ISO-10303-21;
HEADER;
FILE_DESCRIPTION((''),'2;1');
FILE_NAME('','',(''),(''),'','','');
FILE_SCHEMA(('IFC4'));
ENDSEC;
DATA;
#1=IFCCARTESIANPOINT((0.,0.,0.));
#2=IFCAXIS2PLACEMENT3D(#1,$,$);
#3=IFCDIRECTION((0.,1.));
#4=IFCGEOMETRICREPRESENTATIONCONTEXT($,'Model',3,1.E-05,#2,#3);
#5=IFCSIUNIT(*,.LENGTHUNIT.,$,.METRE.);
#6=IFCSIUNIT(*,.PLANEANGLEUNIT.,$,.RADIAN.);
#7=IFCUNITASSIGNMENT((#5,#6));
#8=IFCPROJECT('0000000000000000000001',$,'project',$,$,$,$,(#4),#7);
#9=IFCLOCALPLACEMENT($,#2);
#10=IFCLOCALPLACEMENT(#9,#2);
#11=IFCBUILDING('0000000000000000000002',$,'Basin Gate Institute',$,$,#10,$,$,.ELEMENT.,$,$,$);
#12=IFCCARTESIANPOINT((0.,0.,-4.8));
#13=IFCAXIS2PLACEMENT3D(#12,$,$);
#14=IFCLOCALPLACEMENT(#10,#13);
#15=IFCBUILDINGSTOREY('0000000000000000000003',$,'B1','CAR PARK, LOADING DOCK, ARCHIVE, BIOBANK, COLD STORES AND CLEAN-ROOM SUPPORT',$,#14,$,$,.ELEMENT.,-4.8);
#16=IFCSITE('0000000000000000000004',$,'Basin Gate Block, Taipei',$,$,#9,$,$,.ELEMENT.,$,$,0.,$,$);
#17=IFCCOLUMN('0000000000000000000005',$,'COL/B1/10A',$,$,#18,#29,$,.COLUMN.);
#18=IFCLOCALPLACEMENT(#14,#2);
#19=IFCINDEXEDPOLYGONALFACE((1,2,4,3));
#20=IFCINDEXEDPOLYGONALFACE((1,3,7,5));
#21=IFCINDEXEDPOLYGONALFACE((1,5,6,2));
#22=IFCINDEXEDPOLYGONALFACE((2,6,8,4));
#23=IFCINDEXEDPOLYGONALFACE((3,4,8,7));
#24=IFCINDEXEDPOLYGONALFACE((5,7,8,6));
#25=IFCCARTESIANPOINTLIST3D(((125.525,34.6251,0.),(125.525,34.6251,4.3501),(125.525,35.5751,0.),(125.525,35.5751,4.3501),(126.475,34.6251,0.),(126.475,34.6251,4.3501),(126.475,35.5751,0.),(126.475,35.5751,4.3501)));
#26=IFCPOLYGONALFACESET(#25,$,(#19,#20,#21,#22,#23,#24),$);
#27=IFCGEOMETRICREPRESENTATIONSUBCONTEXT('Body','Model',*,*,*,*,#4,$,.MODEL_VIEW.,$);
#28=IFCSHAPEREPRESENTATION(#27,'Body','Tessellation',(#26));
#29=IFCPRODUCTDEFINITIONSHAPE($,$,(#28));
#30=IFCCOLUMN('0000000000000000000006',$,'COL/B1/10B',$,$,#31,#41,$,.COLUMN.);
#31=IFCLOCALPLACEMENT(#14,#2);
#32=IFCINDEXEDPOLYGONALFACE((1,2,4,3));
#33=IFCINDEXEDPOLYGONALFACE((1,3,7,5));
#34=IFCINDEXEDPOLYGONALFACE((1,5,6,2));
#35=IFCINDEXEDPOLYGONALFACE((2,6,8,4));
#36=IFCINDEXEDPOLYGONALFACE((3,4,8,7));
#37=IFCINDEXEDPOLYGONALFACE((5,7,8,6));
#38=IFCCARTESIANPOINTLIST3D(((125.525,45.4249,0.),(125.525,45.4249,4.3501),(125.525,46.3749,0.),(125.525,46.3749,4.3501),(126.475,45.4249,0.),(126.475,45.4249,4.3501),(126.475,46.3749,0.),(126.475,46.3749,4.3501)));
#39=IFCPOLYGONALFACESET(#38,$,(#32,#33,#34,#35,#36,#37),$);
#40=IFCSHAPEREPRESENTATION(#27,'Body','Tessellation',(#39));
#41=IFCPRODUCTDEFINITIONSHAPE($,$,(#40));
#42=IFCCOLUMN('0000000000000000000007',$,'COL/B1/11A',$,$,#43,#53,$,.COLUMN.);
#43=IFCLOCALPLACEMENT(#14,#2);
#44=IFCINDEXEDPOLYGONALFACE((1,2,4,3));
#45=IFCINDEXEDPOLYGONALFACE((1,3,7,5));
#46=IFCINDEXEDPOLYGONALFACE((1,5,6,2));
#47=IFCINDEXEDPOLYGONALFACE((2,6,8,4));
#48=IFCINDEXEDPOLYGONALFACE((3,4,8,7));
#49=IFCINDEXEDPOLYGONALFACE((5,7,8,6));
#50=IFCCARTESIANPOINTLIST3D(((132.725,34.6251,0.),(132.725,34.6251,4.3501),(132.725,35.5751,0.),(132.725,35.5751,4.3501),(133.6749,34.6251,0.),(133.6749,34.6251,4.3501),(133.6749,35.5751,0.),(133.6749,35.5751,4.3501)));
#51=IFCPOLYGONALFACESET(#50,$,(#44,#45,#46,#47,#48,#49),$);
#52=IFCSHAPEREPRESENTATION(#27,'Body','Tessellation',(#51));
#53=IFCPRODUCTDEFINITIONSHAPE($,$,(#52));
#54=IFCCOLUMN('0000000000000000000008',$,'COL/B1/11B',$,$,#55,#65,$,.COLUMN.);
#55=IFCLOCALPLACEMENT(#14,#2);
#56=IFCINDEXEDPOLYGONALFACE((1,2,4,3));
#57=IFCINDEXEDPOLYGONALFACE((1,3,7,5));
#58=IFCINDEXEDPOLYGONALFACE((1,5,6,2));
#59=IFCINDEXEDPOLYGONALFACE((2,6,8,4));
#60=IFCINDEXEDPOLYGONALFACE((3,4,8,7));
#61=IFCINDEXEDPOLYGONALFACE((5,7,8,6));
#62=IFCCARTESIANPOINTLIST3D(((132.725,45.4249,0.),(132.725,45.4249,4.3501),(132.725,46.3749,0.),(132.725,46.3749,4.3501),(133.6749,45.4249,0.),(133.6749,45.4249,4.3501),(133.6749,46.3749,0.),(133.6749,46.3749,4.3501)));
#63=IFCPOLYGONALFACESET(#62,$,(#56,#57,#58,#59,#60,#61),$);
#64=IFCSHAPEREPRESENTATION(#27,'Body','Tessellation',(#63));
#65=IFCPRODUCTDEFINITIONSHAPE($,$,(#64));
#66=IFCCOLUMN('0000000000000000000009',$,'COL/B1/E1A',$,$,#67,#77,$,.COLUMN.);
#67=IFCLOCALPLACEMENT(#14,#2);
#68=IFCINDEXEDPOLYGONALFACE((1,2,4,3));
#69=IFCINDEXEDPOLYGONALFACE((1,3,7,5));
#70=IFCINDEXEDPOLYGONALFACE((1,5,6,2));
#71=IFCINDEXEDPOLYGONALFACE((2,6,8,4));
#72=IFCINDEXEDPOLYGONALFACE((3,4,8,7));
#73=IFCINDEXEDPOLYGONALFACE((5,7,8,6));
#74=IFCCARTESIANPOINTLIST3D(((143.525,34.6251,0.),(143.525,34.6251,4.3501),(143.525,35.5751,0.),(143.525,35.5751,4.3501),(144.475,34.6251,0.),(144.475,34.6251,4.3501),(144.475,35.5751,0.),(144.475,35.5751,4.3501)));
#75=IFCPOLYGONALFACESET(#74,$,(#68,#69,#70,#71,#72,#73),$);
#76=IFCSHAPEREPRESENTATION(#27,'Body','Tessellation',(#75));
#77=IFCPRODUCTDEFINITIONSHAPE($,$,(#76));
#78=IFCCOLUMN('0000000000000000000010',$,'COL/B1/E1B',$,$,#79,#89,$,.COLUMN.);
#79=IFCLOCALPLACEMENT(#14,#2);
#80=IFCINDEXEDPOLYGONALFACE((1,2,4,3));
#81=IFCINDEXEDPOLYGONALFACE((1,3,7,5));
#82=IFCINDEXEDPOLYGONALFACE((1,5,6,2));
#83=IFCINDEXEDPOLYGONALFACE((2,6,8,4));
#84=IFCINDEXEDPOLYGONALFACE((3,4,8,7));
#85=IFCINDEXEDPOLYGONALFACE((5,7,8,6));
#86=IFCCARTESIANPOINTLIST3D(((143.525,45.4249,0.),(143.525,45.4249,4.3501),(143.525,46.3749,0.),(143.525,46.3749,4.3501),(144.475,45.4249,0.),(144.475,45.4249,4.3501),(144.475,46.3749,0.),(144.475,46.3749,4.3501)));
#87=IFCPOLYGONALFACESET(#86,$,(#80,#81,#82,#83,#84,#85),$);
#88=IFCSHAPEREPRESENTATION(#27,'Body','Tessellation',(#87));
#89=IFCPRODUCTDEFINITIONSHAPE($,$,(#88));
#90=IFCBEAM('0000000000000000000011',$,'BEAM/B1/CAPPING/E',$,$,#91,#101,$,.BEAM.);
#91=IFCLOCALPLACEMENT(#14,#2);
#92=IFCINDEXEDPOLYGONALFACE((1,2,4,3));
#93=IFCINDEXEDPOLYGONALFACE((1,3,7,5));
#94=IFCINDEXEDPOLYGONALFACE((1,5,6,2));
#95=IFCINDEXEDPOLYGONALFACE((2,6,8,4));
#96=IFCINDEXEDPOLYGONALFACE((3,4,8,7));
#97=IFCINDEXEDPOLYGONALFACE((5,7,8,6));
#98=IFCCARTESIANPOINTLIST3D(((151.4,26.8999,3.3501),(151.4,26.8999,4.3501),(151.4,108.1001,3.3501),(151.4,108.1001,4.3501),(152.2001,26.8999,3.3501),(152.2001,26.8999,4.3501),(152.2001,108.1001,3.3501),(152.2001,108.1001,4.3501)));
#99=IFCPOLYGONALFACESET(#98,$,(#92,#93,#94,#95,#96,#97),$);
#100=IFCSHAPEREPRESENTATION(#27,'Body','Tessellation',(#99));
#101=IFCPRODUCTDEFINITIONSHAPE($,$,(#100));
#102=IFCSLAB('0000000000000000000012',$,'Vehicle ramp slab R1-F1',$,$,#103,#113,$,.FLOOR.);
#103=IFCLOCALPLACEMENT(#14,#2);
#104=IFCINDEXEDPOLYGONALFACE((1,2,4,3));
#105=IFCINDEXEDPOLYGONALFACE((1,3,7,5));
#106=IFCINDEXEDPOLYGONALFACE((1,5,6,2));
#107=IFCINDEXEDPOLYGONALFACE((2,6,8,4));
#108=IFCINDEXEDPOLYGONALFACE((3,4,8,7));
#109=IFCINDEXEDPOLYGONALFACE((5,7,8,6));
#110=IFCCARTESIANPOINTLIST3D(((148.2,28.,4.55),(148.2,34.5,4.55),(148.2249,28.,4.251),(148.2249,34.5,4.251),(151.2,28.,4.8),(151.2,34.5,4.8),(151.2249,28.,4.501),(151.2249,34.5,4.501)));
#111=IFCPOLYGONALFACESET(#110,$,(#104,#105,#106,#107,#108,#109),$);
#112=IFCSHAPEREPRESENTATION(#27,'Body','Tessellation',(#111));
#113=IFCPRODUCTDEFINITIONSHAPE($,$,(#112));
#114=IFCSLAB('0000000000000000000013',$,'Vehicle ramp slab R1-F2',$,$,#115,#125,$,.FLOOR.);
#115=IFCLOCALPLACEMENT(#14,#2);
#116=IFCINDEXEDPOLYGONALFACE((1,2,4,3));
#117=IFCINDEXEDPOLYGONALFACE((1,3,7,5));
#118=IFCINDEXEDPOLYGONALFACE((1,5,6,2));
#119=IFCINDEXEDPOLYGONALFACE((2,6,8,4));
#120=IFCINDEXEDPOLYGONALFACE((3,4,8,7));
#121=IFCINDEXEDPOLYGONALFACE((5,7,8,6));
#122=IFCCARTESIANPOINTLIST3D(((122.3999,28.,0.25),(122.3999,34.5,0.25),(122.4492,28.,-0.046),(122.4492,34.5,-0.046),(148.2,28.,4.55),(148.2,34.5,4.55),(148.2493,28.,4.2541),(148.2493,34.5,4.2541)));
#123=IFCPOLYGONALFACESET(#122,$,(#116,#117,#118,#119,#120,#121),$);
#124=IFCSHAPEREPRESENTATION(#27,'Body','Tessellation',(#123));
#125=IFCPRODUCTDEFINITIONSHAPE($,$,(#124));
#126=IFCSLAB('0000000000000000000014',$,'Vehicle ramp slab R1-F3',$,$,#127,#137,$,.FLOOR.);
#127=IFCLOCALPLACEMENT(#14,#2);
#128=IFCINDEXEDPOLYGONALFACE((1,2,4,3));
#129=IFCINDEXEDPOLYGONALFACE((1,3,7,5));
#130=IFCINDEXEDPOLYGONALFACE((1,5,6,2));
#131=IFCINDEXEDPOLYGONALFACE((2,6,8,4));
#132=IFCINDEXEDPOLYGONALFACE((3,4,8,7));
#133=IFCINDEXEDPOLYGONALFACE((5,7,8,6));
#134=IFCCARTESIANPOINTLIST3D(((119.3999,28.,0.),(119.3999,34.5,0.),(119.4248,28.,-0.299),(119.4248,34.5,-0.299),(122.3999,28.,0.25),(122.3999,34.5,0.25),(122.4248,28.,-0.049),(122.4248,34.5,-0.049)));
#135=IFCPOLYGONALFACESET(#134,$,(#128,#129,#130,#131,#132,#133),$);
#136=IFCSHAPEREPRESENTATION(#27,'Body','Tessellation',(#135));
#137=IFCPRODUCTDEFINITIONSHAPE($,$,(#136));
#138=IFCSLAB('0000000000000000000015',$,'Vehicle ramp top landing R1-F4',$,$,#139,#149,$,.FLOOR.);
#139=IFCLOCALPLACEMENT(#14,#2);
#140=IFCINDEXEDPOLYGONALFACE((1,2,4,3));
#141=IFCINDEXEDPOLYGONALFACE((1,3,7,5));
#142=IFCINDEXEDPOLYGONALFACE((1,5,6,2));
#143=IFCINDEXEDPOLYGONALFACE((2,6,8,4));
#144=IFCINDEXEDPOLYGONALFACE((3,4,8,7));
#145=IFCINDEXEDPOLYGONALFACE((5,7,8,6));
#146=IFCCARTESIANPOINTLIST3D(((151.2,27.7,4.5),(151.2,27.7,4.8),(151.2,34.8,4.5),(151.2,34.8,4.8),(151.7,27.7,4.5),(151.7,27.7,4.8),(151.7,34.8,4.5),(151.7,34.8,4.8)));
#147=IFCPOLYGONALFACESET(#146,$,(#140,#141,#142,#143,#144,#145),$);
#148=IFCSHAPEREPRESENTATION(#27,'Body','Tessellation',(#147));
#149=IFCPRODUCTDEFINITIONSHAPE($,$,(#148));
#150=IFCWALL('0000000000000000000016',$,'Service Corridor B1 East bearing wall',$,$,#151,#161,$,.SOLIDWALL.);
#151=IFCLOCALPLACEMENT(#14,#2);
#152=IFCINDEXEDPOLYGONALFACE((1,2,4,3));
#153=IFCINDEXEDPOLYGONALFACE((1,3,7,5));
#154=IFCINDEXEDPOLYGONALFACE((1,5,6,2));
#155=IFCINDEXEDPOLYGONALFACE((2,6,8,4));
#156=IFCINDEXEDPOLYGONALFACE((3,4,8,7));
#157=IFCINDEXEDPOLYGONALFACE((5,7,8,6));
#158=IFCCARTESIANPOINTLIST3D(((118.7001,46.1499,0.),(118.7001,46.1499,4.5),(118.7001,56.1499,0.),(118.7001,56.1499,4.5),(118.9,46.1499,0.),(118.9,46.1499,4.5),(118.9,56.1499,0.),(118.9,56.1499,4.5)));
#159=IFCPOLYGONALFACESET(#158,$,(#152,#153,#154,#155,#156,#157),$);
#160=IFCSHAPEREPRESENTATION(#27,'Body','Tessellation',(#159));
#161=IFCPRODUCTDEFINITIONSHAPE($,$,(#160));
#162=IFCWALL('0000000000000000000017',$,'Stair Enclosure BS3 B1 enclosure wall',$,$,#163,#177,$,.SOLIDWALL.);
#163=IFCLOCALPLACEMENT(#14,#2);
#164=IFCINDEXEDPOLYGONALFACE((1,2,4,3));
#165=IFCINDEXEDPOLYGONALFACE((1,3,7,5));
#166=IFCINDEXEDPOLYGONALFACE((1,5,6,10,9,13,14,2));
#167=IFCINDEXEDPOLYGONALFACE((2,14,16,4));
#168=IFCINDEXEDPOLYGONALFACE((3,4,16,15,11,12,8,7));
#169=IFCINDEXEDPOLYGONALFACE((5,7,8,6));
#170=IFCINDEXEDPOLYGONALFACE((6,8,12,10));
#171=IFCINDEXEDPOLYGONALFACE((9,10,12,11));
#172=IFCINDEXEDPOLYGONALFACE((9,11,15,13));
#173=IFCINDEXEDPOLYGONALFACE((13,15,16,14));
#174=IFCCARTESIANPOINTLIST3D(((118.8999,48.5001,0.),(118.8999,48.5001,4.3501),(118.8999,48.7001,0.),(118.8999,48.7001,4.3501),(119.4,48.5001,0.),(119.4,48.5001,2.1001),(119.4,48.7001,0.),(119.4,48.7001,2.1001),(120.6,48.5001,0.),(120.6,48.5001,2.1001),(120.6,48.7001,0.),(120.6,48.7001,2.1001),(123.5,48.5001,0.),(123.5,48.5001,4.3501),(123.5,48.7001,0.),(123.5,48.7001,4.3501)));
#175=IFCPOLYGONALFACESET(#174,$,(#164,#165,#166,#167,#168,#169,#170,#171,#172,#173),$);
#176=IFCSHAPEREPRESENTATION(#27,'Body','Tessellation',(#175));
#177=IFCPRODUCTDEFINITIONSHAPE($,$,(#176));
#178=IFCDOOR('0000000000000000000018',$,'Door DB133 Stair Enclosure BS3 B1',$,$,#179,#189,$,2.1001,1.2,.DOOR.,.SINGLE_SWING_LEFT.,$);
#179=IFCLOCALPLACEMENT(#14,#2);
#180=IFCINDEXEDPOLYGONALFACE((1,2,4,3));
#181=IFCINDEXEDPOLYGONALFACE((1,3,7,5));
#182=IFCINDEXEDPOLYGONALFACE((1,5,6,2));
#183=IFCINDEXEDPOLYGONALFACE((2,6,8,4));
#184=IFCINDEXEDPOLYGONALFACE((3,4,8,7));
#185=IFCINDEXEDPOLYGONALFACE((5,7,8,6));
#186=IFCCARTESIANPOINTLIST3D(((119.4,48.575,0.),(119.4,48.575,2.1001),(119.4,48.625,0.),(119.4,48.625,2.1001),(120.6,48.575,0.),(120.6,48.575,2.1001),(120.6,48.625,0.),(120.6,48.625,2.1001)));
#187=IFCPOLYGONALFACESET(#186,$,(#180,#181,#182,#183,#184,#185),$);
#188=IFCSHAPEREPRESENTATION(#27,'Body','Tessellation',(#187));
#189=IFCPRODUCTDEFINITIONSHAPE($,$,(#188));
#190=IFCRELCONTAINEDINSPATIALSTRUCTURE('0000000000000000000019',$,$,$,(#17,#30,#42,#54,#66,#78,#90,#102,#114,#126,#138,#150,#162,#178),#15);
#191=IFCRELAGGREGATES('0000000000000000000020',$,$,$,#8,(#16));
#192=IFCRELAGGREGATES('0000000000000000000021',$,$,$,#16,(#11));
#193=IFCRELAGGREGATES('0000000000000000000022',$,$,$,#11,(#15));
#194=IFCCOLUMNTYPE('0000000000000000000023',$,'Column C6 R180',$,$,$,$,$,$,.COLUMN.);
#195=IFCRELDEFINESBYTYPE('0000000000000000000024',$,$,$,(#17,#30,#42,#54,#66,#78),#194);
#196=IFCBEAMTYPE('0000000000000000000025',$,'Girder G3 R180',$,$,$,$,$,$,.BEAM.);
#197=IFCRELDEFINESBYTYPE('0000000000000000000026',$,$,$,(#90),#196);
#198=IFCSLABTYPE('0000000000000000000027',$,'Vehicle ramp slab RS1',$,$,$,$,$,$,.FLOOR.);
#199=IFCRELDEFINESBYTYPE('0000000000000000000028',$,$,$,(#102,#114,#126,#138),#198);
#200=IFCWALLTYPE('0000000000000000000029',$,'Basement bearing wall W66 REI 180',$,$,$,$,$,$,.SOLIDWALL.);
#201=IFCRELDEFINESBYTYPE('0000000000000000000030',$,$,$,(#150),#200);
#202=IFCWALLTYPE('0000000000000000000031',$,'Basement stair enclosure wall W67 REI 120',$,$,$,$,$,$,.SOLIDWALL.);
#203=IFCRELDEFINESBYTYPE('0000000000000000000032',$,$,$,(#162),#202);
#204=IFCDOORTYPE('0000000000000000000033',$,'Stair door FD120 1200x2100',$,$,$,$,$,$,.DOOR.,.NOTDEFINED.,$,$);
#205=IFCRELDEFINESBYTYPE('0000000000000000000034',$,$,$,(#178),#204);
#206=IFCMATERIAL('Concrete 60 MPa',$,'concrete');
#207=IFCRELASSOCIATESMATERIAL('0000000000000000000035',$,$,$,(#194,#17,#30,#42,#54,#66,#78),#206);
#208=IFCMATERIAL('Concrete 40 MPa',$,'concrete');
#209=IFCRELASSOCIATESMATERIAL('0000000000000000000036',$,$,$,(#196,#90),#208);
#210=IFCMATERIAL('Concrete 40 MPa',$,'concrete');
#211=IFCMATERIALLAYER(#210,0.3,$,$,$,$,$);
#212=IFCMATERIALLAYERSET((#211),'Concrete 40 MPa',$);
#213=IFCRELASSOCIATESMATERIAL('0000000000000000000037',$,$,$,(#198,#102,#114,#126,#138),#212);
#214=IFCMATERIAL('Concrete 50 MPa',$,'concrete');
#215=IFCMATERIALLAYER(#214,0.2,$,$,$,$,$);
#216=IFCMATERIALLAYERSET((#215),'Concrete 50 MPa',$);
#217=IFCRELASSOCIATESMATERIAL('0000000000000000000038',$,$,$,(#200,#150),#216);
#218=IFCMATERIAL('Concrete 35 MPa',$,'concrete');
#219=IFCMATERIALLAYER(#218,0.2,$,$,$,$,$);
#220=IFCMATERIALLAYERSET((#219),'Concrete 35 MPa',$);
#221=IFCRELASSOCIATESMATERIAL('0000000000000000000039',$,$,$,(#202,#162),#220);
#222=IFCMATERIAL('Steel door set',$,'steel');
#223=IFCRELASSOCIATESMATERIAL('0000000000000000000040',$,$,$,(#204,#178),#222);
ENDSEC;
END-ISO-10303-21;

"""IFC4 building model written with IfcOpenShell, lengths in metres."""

from ifc_helpers import new_model, si_unit, direction, frame, frame_2d, origin, origin_2d, place, context, subcontext, project, spatial, polyline, rectangle, outline, extrude, material, layer, layer_set, material_profile, profile_set, type_object, element, fill, save


model = new_model("IFC4")

# Units and contexts
model_context = context("Model", 3, precision=1e-05, world=origin(), true_north=direction((0.0, 1.0)))
body_context = subcontext(model_context, "Body", "Model", "MODEL_VIEW")
ifc_project = project(units=[si_unit("LENGTHUNIT", "METRE"), si_unit("PLANEANGLEUNIT", "RADIAN")], contexts=[model_context])

# Site, building, storey
site_placement = place(None, origin())
site = spatial("IfcSite", under=ifc_project, at=site_placement, Name="Basin Gate Block, Taipei", CompositionType="ELEMENT", RefElevation=0.0)
building_placement = place(site_placement, origin())
building = spatial("IfcBuilding", under=site, at=building_placement, Name="Basin Gate Institute", CompositionType="ELEMENT")
storey_placement = place(building_placement, frame((0.0, 0.0, -4.8)))
storey = spatial("IfcBuildingStorey", under=building, at=storey_placement, Name="B1", Description="CAR PARK, LOADING DOCK, ARCHIVE, BIOBANK, COLD STORES AND CLEAN-ROOM SUPPORT", CompositionType="ELEMENT", Elevation=-4.8)

# Columns
ifc_material_1 = material(Name="Concrete 60 MPa", Category="concrete")
ifc_material_profile_1 = material_profile(ifc_material_1, rectangle(XDim=0.95, YDim=0.95, at=origin_2d()), Name="Column C6 950 x 950")
ifc_profile_set_1 = profile_set([ifc_material_profile_1], Name="Concrete 60 MPa")
column_type = type_object("IfcColumnType", Name="Column C6 R180", PredefinedType="COLUMN", material=ifc_profile_set_1)
for number, where, z_axis, x_axis, name in (
    (1, (126.0, 35.1001, 0.0), (0.0, 0.0, 1.0), (1.0, 0.0, 0.0), "COL/B1/10A"),
    (2, (126.0, 45.8999, 0.0), (0.0, 0.0, 1.0), (1.0, 0.0, 0.0), "COL/B1/10B"),
    (3, (133.2, 35.1001, 0.0), (0.0, 0.0, 1.0), (1.0, 0.0, 0.0), "COL/B1/11A"),
    (4, (133.2, 45.8999, 0.0), (0.0, 0.0, 1.0), (1.0, 0.0, 0.0), "COL/B1/11B"),
    (5, (144.0, 35.1001, 0.0), (0.0, 0.0, 1.0), (1.0, 0.0, 0.0), "COL/B1/E1A"),
    (6, (144.0, 45.8999, 0.0), (0.0, 0.0, 1.0), (1.0, 0.0, 0.0), "COL/B1/E1B"),
):
    element("IfcColumn", number, at=place(storey_placement, frame(where, z_axis=z_axis, x_axis=x_axis)), inside=storey, type_object=column_type, material=ifc_profile_set_1, Name=name, PredefinedType="COLUMN", context=body_context, shape_type="SweptSolid", body=[
        extrude(rectangle(XDim=0.95, YDim=0.95, at=origin_2d()), origin(), (0.0, 0.0, 1.0), 4.3501),
    ])

# Beam
ifc_material_2 = material(Name="Concrete 40 MPa", Category="concrete")
ifc_material_profile_2 = material_profile(ifc_material_2, rectangle(XDim=0.8, YDim=1.0, at=origin_2d()), Name="Girder G3 800 x 1000")
ifc_profile_set_2 = profile_set([ifc_material_profile_2], Name="Concrete 40 MPa")
beam_type = type_object("IfcBeamType", Name="Girder G3 R180", PredefinedType="BEAM", material=ifc_profile_set_2)
beam_placement = place(storey_placement, frame((151.8, 26.8999, 3.8501), z_axis=(0.0, 1.0, 0.0), x_axis=(-1.0, 0.0, 0.0)))
element("IfcBeam", 7, at=beam_placement, inside=storey, type_object=beam_type, material=ifc_profile_set_2, Name="BEAM/B1/CAPPING/E", PredefinedType="BEAM", context=body_context, shape_type="SweptSolid", body=[
    extrude(rectangle(XDim=0.8, YDim=1.0, at=origin_2d()), origin(), (0.0, 0.0, 1.0), 81.2002),
])

# Slabs
ifc_material_3 = material(Name="Concrete 40 MPa", Category="concrete")
ifc_layer_1 = layer(ifc_material_3, 0.3)
ifc_layer_set_1 = layer_set([ifc_layer_1], Name="Concrete 40 MPa")
slab_type = type_object("IfcSlabType", Name="Vehicle ramp slab RS1", PredefinedType="FLOOR", material=ifc_layer_set_1)
slab_1_placement = place(storey_placement, frame((151.2, 34.5, 4.8), z_axis=(-0.083045, 0.0, 0.996546), x_axis=(-0.996546, 0.0, -0.083045)))
element("IfcSlab", 8, at=slab_1_placement, inside=storey, type_object=slab_type, material=ifc_layer_set_1, Name="Vehicle ramp slab R1-F1", PredefinedType="FLOOR", context=body_context, shape_type="SweptSolid", body=[
    extrude(outline(polyline([(0.0, 0.0), (3.0104, 0.0), (3.0104, 6.5), (0.0, 6.5), (0.0, 0.0)])), origin(), (0.0, 0.0, -1.0), 0.3),
])
slab_2_placement = place(storey_placement, frame((148.2, 34.5, 4.55), z_axis=(-0.164401, 0.0, 0.986394), x_axis=(-0.986394, 0.0, -0.164401)))
element("IfcSlab", 9, at=slab_2_placement, inside=storey, type_object=slab_type, material=ifc_layer_set_1, Name="Vehicle ramp slab R1-F2", PredefinedType="FLOOR", context=body_context, shape_type="SweptSolid", body=[
    extrude(outline(polyline([(0.0, 0.0), (26.1559, 0.0), (26.1559, 6.5), (0.0, 6.5), (0.0, 0.0)])), origin(), (0.0, 0.0, -1.0), 0.3),
])
slab_3_placement = place(storey_placement, frame((122.3999, 34.5, 0.25), z_axis=(-0.083045, 0.0, 0.996546), x_axis=(-0.996546, 0.0, -0.083045)))
element("IfcSlab", 10, at=slab_3_placement, inside=storey, type_object=slab_type, material=ifc_layer_set_1, Name="Vehicle ramp slab R1-F3", PredefinedType="FLOOR", context=body_context, shape_type="SweptSolid", body=[
    extrude(outline(polyline([(0.0, 0.0), (3.0104, 0.0), (3.0104, 6.5), (0.0, 6.5), (0.0, 0.0)])), origin(), (0.0, 0.0, -1.0), 0.3),
])
slab_4_placement = place(storey_placement, frame((151.2, 27.7, 4.8), z_axis=(0.0, 0.0, 1.0), x_axis=(1.0, 0.0, 0.0)))
element("IfcSlab", 11, at=slab_4_placement, inside=storey, type_object=slab_type, material=ifc_layer_set_1, Name="Vehicle ramp top landing R1-F4", PredefinedType="FLOOR", context=body_context, shape_type="SweptSolid", body=[
    extrude(outline(polyline([(0.0, 0.0), (0.5, 0.0), (0.5, 7.1001), (0.0, 7.1001), (0.0, 0.0)])), origin(), (0.0, 0.0, -1.0), 0.3),
])

# Wall
ifc_material_4 = material(Name="Concrete 50 MPa", Category="concrete")
ifc_layer_2 = layer(ifc_material_4, 0.2)
ifc_layer_set_2 = layer_set([ifc_layer_2], Name="Concrete 50 MPa")
wall_type_1 = type_object("IfcWallType", Name="Basement bearing wall W66 REI 180", PredefinedType="SOLIDWALL", material=ifc_layer_set_2)
wall_1_placement = place(storey_placement, frame((118.8, 46.1499, 0.0), z_axis=(0.0, 0.0, 1.0), x_axis=(0.0, 1.0, 0.0)))
element("IfcWall", 12, at=wall_1_placement, inside=storey, type_object=wall_type_1, material=ifc_layer_set_2, Name="Service Corridor B1 East bearing wall", PredefinedType="SOLIDWALL", context=body_context, shape_type="SweptSolid", body=[
    extrude(rectangle(XDim=10.0, YDim=0.2, at=frame_2d((5.0, 0.0))), origin(), (0.0, 0.0, 1.0), 4.5),
])

# Wall, opening, door
ifc_material_5 = material(Name="Concrete 35 MPa", Category="concrete")
ifc_layer_3 = layer(ifc_material_5, 0.2)
ifc_layer_set_3 = layer_set([ifc_layer_3], Name="Concrete 35 MPa")
wall_type_2 = type_object("IfcWallType", Name="Basement stair enclosure wall W67 REI 120", PredefinedType="SOLIDWALL", material=ifc_layer_set_3)
wall_2_placement = place(storey_placement, frame((118.8999, 48.6001, 0.0), z_axis=(0.0, 0.0, 1.0), x_axis=(1.0, 0.0, 0.0)))
wall_2 = element("IfcWall", 13, at=wall_2_placement, inside=storey, type_object=wall_type_2, material=ifc_layer_set_3, Name="Stair Enclosure BS3 B1 enclosure wall", PredefinedType="SOLIDWALL", context=body_context, shape_type="SweptSolid", body=[
    extrude(rectangle(XDim=4.6001, YDim=0.2, at=frame_2d((2.3, 0.0))), origin(), (0.0, 0.0, 1.0), 4.3501),
])
opening_placement = place(wall_2_placement, frame((0.5, 0.0, 0.0)))
opening = element("IfcOpeningElement", 14, at=opening_placement, cuts=wall_2, PredefinedType="OPENING", context=body_context, shape_type="SweptSolid", body=[
    extrude(rectangle(XDim=1.2, YDim=2.1001, at=frame_2d((0.6001, 1.05))), frame((0.0, 0.1099, 0.0), z_axis=(0.0, -1.0, 0.0), x_axis=(1.0, 0.0, 0.0)), (0.0, 0.0, 1.0), 0.22),
])
ifc_material_6 = material(Name="Steel door set", Category="steel")
door_type = type_object("IfcDoorType", Name="Stair door FD120 1200x2100", OperationType="NOTDEFINED", PredefinedType="DOOR", material=ifc_material_6)
door_placement = place(opening_placement, origin())
door = element("IfcDoor", 15, at=door_placement, inside=storey, type_object=door_type, material=ifc_material_6, Name="Door DB133 Stair Enclosure BS3 B1", OperationType="SINGLE_SWING_LEFT", OverallHeight=2.1001, OverallWidth=1.2, PredefinedType="DOOR", context=body_context, shape_type="SweptSolid", body=[
    extrude(rectangle(XDim=1.2, YDim=2.1001, at=frame_2d((0.6001, 1.05))), frame((0.0, 0.0249, 0.0), z_axis=(0.0, -1.0, 0.0), x_axis=(1.0, 0.0, 0.0)), (0.0, 0.0, 1.0), 0.05),
])
fill(opening, door)

save(model, "model.ifc")
